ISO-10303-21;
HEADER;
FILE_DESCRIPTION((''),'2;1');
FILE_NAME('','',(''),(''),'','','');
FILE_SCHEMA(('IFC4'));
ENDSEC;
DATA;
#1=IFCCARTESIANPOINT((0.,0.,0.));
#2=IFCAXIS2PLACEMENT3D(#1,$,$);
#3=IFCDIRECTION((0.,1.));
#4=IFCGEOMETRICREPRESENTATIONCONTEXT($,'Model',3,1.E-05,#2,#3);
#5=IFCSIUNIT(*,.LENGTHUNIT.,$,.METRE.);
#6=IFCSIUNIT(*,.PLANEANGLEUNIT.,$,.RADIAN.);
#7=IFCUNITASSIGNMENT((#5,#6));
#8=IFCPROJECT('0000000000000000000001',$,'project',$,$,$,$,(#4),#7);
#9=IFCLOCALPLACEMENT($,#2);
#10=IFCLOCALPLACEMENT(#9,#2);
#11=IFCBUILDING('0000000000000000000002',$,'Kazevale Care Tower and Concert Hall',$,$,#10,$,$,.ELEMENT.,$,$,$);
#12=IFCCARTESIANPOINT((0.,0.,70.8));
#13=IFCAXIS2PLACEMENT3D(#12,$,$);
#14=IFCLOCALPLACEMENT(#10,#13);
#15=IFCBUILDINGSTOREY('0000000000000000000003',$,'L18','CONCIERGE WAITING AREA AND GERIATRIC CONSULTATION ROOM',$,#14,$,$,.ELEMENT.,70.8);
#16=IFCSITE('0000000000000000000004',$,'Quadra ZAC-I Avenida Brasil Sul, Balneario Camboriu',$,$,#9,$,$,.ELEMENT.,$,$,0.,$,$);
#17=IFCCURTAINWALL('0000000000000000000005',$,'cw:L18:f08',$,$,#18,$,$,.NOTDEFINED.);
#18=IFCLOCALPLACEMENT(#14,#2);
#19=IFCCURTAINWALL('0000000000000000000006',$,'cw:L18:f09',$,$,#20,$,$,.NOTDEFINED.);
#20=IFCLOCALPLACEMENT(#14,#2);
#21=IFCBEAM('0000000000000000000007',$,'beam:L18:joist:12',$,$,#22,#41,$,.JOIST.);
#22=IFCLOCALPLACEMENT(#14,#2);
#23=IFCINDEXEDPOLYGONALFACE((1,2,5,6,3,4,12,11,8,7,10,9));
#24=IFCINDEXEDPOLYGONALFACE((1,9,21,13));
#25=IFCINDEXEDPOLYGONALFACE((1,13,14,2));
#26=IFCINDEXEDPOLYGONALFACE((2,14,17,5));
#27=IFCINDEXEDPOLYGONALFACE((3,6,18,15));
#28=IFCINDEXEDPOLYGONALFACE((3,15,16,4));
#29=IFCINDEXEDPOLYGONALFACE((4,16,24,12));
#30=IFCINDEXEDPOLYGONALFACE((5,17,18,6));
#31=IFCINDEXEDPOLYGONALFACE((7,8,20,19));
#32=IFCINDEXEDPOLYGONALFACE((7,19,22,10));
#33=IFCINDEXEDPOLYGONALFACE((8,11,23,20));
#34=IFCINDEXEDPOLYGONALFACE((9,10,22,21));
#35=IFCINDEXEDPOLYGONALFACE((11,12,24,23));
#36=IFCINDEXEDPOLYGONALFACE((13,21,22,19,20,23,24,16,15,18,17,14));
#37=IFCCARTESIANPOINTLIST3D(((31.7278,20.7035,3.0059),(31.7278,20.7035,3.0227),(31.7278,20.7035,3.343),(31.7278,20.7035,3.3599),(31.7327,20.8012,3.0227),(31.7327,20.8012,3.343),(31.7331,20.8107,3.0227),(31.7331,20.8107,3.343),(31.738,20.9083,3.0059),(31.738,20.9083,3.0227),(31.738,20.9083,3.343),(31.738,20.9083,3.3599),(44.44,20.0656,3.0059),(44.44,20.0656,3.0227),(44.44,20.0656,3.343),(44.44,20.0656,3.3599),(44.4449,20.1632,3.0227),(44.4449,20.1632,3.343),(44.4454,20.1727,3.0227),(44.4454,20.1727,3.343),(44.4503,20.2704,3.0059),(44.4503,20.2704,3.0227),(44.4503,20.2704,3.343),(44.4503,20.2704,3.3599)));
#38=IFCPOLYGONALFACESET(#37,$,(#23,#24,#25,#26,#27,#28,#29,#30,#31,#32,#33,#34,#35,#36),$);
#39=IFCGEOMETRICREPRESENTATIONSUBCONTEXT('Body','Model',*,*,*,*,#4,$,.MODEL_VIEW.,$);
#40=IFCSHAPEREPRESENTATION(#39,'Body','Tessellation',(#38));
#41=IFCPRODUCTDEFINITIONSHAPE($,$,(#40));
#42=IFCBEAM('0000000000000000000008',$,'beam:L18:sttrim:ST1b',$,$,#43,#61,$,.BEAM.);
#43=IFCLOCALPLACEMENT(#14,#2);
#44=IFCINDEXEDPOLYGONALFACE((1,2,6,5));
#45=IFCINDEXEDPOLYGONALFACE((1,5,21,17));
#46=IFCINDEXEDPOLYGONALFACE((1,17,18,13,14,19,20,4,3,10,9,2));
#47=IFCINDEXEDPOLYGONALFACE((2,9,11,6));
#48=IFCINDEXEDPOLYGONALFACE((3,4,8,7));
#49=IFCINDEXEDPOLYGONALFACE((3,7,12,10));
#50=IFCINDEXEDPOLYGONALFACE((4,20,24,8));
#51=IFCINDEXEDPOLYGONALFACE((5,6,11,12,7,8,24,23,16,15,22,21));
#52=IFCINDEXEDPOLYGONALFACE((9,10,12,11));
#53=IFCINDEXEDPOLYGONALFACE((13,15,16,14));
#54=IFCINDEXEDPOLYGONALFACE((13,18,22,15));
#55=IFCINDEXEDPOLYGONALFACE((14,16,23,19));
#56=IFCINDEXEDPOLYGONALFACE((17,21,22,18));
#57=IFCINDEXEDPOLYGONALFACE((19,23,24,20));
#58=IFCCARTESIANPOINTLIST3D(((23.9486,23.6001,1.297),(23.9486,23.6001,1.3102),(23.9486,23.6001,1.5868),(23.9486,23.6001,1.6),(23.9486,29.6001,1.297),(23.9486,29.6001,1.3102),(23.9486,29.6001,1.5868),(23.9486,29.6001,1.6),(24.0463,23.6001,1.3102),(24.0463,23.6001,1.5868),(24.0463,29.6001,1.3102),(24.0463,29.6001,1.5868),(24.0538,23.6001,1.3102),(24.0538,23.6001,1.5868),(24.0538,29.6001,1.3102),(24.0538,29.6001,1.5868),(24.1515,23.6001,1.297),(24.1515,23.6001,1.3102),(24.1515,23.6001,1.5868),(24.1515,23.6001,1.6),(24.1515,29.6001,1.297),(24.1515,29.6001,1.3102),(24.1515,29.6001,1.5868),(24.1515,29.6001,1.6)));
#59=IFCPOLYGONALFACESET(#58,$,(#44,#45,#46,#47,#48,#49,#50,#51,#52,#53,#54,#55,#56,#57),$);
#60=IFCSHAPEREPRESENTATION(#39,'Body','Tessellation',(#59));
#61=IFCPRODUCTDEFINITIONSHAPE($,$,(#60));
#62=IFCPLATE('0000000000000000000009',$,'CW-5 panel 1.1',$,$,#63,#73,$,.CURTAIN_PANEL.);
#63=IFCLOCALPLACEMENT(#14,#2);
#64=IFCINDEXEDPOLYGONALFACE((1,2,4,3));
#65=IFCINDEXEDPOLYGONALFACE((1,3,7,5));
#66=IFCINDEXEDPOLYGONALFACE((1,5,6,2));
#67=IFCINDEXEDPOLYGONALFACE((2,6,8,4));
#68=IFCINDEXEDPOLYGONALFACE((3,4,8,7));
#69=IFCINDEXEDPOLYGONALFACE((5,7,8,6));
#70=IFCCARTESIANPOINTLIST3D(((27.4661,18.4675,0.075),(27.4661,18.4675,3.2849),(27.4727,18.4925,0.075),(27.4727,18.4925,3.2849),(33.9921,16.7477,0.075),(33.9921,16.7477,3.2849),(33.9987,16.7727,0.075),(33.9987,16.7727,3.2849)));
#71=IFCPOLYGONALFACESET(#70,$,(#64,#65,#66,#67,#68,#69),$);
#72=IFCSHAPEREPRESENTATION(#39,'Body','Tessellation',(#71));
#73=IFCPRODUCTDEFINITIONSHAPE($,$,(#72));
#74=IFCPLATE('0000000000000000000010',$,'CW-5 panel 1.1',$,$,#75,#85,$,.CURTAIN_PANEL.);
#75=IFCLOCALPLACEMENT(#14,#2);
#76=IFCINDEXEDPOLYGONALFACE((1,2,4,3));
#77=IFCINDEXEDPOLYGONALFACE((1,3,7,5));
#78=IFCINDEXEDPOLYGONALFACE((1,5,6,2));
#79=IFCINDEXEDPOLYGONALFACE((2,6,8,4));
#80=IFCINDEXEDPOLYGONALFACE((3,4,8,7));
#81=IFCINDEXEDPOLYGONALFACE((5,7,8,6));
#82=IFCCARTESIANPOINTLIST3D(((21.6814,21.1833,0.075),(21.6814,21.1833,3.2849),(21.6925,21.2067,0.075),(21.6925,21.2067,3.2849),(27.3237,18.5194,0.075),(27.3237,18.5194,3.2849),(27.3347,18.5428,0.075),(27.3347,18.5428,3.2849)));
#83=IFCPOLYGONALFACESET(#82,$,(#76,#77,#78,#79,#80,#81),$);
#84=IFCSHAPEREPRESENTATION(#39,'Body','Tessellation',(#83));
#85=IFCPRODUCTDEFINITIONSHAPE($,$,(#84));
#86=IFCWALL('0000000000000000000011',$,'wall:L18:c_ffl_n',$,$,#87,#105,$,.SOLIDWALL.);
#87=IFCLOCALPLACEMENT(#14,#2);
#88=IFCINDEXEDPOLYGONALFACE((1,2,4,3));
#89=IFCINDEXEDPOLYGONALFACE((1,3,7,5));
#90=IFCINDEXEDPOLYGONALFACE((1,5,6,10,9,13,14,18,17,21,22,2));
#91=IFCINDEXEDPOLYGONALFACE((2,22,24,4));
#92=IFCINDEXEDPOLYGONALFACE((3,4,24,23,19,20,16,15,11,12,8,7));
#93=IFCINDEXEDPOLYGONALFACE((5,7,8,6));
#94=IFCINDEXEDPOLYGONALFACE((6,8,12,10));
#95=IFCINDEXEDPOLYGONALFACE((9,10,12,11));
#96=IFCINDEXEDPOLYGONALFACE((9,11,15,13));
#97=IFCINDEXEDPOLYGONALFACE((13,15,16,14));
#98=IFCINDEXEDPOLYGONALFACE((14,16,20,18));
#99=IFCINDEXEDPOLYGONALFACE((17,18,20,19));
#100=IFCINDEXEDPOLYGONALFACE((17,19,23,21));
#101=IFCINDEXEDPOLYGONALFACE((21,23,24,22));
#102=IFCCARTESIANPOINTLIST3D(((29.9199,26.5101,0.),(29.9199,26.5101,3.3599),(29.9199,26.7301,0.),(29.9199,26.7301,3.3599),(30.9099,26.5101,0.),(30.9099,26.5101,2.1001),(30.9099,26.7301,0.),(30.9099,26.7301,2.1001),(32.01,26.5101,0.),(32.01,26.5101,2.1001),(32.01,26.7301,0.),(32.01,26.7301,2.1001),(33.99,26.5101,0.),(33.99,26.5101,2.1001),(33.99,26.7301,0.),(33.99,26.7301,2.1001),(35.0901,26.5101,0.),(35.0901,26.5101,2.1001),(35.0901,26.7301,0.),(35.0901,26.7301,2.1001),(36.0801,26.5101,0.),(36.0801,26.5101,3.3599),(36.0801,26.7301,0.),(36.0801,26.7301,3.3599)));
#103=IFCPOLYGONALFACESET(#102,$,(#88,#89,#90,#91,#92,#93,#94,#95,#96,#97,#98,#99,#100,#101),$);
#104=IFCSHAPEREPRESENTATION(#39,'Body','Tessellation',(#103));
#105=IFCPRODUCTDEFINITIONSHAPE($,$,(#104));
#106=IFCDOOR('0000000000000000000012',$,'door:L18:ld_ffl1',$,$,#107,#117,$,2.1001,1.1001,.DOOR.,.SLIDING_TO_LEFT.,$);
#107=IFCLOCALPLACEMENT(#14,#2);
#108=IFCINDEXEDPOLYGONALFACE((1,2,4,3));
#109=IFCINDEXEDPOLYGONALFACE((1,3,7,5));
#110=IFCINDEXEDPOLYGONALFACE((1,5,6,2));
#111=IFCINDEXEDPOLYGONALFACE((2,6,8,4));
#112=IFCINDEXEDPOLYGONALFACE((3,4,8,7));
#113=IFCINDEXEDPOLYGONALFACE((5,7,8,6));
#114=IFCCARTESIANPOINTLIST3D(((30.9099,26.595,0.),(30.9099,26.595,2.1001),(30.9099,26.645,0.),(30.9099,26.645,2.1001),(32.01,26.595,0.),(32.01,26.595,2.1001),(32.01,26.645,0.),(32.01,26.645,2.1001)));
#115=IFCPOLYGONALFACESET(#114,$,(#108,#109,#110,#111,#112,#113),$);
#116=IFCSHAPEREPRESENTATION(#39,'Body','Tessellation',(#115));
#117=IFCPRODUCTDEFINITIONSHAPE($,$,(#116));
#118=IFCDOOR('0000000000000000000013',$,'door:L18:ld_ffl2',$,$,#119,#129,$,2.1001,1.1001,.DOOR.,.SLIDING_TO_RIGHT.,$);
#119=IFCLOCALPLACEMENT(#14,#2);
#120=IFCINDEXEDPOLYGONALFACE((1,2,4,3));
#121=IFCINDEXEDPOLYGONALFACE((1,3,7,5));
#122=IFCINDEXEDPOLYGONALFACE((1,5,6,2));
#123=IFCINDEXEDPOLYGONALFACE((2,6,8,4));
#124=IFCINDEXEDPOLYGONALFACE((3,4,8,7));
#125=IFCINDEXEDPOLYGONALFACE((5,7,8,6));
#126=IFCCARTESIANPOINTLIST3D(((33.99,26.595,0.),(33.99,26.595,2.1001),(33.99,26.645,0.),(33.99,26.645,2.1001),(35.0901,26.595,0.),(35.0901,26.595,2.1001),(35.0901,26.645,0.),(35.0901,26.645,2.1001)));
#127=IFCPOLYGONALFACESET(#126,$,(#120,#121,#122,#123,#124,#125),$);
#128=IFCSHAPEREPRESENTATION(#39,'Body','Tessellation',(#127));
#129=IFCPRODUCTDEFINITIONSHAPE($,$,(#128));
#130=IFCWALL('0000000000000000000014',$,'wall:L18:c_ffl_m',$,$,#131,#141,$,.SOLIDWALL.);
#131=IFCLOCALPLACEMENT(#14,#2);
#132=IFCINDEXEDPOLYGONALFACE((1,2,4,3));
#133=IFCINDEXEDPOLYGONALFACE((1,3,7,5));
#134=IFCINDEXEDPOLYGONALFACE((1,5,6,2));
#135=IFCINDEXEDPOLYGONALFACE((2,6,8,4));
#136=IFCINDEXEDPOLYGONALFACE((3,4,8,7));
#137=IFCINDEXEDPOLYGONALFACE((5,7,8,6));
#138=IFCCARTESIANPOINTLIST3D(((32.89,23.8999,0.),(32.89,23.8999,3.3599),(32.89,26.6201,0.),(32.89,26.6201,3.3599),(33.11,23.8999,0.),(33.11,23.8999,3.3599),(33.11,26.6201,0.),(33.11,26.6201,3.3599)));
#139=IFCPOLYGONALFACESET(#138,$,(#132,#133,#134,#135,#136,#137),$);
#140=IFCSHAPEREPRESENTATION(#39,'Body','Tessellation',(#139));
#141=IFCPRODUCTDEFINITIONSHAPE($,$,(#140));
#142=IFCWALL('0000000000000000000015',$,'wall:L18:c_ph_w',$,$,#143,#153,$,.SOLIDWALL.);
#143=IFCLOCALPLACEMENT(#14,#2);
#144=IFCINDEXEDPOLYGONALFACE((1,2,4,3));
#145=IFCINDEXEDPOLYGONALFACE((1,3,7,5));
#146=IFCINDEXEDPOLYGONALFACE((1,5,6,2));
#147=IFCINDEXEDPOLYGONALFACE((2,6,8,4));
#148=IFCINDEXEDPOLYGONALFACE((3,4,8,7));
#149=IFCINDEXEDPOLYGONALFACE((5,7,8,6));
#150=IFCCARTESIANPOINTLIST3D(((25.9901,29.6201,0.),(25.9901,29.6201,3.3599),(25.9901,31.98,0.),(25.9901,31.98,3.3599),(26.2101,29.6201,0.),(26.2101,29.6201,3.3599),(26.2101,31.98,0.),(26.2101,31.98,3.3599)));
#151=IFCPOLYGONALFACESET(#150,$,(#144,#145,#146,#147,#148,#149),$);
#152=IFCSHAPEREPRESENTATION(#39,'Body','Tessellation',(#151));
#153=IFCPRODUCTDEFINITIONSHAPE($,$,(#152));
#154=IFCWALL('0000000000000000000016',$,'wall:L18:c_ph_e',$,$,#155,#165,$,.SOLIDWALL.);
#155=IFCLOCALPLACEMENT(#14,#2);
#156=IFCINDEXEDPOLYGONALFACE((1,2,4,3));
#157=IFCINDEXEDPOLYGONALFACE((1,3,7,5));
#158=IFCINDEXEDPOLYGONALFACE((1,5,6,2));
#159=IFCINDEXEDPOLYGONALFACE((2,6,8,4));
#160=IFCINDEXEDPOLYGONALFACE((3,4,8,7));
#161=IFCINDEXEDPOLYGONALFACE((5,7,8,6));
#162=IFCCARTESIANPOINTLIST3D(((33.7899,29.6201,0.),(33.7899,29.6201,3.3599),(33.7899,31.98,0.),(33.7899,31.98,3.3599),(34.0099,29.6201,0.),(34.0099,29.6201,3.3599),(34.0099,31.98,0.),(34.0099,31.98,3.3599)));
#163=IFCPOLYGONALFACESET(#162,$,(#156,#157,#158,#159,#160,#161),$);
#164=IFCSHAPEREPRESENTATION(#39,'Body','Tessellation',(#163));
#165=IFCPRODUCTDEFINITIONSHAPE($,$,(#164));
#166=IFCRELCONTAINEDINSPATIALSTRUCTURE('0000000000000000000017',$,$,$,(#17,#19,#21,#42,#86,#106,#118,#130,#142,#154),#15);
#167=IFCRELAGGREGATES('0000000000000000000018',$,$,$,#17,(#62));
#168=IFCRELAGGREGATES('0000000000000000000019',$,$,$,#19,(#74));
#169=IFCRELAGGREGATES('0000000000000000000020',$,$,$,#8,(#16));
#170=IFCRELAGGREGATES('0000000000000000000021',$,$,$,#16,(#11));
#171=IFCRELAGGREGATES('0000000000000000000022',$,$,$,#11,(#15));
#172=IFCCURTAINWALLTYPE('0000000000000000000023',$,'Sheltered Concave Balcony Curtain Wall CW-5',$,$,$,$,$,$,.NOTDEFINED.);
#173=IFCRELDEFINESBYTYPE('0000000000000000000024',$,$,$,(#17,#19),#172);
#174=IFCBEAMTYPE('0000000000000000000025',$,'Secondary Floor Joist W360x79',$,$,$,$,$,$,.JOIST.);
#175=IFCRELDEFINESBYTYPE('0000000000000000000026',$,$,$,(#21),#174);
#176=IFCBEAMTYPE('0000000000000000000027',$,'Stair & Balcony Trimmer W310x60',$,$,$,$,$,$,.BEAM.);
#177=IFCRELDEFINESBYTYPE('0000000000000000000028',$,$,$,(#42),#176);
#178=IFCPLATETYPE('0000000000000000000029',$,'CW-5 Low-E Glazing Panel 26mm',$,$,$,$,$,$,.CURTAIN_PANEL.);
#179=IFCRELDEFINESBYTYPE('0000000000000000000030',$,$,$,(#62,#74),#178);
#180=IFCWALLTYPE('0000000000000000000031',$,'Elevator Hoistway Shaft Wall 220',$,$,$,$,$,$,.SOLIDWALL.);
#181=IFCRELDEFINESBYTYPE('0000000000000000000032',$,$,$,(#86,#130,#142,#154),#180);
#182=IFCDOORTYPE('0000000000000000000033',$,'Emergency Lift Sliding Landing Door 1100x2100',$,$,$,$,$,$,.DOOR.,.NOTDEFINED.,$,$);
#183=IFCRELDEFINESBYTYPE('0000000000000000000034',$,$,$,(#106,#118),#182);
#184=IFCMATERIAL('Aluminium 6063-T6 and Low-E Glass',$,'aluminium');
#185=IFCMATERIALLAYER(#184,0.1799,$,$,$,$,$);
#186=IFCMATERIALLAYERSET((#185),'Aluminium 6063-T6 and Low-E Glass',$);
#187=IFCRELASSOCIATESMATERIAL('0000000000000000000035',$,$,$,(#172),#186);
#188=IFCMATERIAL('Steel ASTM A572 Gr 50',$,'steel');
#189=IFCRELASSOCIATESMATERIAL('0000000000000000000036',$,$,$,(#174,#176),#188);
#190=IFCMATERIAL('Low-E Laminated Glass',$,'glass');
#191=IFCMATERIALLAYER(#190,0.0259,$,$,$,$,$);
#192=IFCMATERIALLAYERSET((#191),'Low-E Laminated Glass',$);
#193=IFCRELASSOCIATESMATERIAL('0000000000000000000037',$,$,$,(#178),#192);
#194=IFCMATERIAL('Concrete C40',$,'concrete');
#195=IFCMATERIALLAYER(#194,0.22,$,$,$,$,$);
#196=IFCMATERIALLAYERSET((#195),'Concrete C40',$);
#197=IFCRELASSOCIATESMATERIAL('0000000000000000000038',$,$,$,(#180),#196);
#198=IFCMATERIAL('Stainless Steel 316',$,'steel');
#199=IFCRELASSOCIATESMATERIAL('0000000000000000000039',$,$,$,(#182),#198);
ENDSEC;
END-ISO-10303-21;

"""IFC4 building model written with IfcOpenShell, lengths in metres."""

from ifc_helpers import new_model, si_unit, direction, frame, frame_2d, origin, origin_2d, place, context, subcontext, project, spatial, rectangle, i_section, extrude, material, layer, layer_set, material_profile, profile_set, type_object, element, fill, aggregate, save


model = new_model("IFC4")

# Units and contexts
model_context = context("Model", 3, precision=1e-05, world=origin(), true_north=direction((0.0, 1.0)))
body_context = subcontext(model_context, "Body", "Model", "MODEL_VIEW")
ifc_project = project(units=[si_unit("LENGTHUNIT", "METRE"), si_unit("PLANEANGLEUNIT", "RADIAN")], contexts=[model_context])

# Site, building, storey
site_placement = place(None, origin())
site = spatial("IfcSite", under=ifc_project, at=site_placement, Name="Quadra ZAC-I Avenida Brasil Sul, Balneario Camboriu", CompositionType="ELEMENT", RefElevation=0.0)
building_placement = place(site_placement, origin())
building = spatial("IfcBuilding", under=site, at=building_placement, Name="Kazevale Care Tower and Concert Hall", CompositionType="ELEMENT")
storey_placement = place(building_placement, frame((0.0, 0.0, 70.8)))
storey = spatial("IfcBuildingStorey", under=building, at=storey_placement, Name="L18", Description="CONCIERGE WAITING AREA AND GERIATRIC CONSULTATION ROOM", CompositionType="ELEMENT", Elevation=70.8)

# Curtain wall
ifc_material_1 = material(Name="Aluminium 6063-T6 and Low-E Glass", Category="aluminium")
ifc_layer_1 = layer(ifc_material_1, 0.1799)
ifc_layer_set_1 = layer_set([ifc_layer_1], Name="Aluminium 6063-T6 and Low-E Glass")
curtain_wall_type = type_object("IfcCurtainWallType", Name="Sheltered Concave Balcony Curtain Wall CW-5", PredefinedType="NOTDEFINED", material=ifc_layer_set_1)
curtain_wall_1_placement = place(storey_placement, origin())
curtain_wall_1 = element("IfcCurtainWall", 1, at=curtain_wall_1_placement, inside=storey, type_object=curtain_wall_type, Name="cw:L18:f08", PredefinedType="NOTDEFINED")

# Curtain wall
curtain_wall_2_placement = place(storey_placement, origin())
curtain_wall_2 = element("IfcCurtainWall", 2, at=curtain_wall_2_placement, inside=storey, type_object=curtain_wall_type, Name="cw:L18:f09", PredefinedType="NOTDEFINED")

# Beams
ifc_material_2 = material(Name="Steel ASTM A572 Gr 50", Category="steel")
ifc_material_profile_1 = material_profile(ifc_material_2, i_section(OverallWidth=0.2051, OverallDepth=0.354, WebThickness=0.0095, FlangeThickness=0.0168, at=origin_2d()), Name="W360x79")
ifc_profile_set_1 = profile_set([ifc_material_profile_1], Name="Steel ASTM A572 Gr 50")
beam_type_1 = type_object("IfcBeamType", Name="Secondary Floor Joist W360x79", PredefinedType="JOIST", material=ifc_profile_set_1)
beam_1_placement = place(storey_placement, frame((31.7329, 20.8059, 3.1829), z_axis=(0.998743, -0.05012, 0.0), x_axis=(0.05012, 0.998743, 0.0)))
element("IfcBeam", 3, at=beam_1_placement, inside=storey, type_object=beam_type_1, Name="beam:L18:joist:12", PredefinedType="JOIST", context=body_context, shape_type="SweptSolid", body=[
    extrude(i_section(OverallWidth=0.2051, OverallDepth=0.354, WebThickness=0.0095, FlangeThickness=0.0168, at=origin_2d()), origin(), (0.0, 0.0, 1.0), 12.7283),
])
ifc_material_profile_2 = material_profile(ifc_material_2, i_section(OverallWidth=0.2029, OverallDepth=0.303, WebThickness=0.0076, FlangeThickness=0.0132, at=origin_2d()), Name="W310x60")
ifc_profile_set_2 = profile_set([ifc_material_profile_2], Name="Steel ASTM A572 Gr 50")
beam_type_2 = type_object("IfcBeamType", Name="Stair & Balcony Trimmer W310x60", PredefinedType="BEAM", material=ifc_profile_set_2)
beam_2_placement = place(storey_placement, frame((24.05, 23.6001, 1.4485), z_axis=(0.0, 1.0, 0.0), x_axis=(-1.0, 0.0, 0.0)))
element("IfcBeam", 4, at=beam_2_placement, inside=storey, type_object=beam_type_2, Name="beam:L18:sttrim:ST1b", PredefinedType="BEAM", context=body_context, shape_type="SweptSolid", body=[
    extrude(i_section(OverallWidth=0.2029, OverallDepth=0.303, WebThickness=0.0076, FlangeThickness=0.0132, at=origin_2d()), origin(), (0.0, 0.0, 1.0), 6.0),
])

# Plates
ifc_material_3 = material(Name="Low-E Laminated Glass", Category="glass")
ifc_layer_2 = layer(ifc_material_3, 0.0259)
ifc_layer_set_2 = layer_set([ifc_layer_2], Name="Low-E Laminated Glass")
plate_type = type_object("IfcPlateType", Name="CW-5 Low-E Glazing Panel 26mm", PredefinedType="CURTAIN_PANEL", material=ifc_layer_set_2)
plate_1_placement = place(storey_placement, frame((30.7324, 17.6201, 0.075), z_axis=(0.0, 0.0, 1.0), x_axis=(-0.966986, 0.254829, 0.0)))
plate_1 = element("IfcPlate", 5, at=plate_1_placement, type_object=plate_type, Name="CW-5 panel 1.1", PredefinedType="CURTAIN_PANEL", context=body_context, shape_type="SweptSolid", body=[
    extrude(rectangle(XDim=6.7488, YDim=0.0259, at=origin_2d()), origin(), (0.0, 0.0, 1.0), 3.21),
])
aggregate(curtain_wall_1, [plate_1])
plate_2_placement = place(storey_placement, frame((24.5081, 19.863, 0.075), z_axis=(0.0, 0.0, 1.0), x_axis=(-0.904279, 0.426942, 0.0)))
plate_2 = element("IfcPlate", 6, at=plate_2_placement, type_object=plate_type, Name="CW-5 panel 1.1", PredefinedType="CURTAIN_PANEL", context=body_context, shape_type="SweptSolid", body=[
    extrude(rectangle(XDim=6.2395, YDim=0.0259, at=origin_2d()), origin(), (0.0, 0.0, 1.0), 3.21),
])
aggregate(curtain_wall_2, [plate_2])

# Wall, openings, doors
ifc_material_4 = material(Name="Concrete C40", Category="concrete")
ifc_layer_3 = layer(ifc_material_4, 0.22)
ifc_layer_set_3 = layer_set([ifc_layer_3], Name="Concrete C40")
wall_type_1 = type_object("IfcWallType", Name="Elevator Hoistway Shaft Wall 220", PredefinedType="SOLIDWALL", material=ifc_layer_set_3)
wall_1_placement = place(storey_placement, frame((29.9199, 26.6201, 0.0), z_axis=(0.0, 0.0, 1.0), x_axis=(1.0, 0.0, 0.0)))
wall_1 = element("IfcWall", 7, at=wall_1_placement, inside=storey, type_object=wall_type_1, Name="wall:L18:c_ffl_n", PredefinedType="SOLIDWALL", context=body_context, shape_type="SweptSolid", body=[
    extrude(rectangle(XDim=6.1602, YDim=0.22, at=frame_2d((3.0801, 0.0))), origin(), (0.0, 0.0, 1.0), 3.3599),
])
opening_1_placement = place(wall_1_placement, frame((0.99, 0.0, 0.0)))
opening_1 = element("IfcOpeningElement", 8, at=opening_1_placement, cuts=wall_1, PredefinedType="OPENING", context=body_context, shape_type="SweptSolid", body=[
    extrude(rectangle(XDim=1.1001, YDim=2.1001, at=frame_2d((0.55, 1.05))), frame((0.0, 0.1199, 0.0), z_axis=(0.0, -1.0, 0.0), x_axis=(1.0, 0.0, 0.0)), (0.0, 0.0, 1.0), 0.24),
])
opening_2_placement = place(wall_1_placement, frame((4.0701, 0.0, 0.0)))
opening_2 = element("IfcOpeningElement", 9, at=opening_2_placement, cuts=wall_1, PredefinedType="OPENING", context=body_context, shape_type="SweptSolid", body=[
    extrude(rectangle(XDim=1.1001, YDim=2.1001, at=frame_2d((0.55, 1.05))), frame((0.0, 0.1199, 0.0), z_axis=(0.0, -1.0, 0.0), x_axis=(1.0, 0.0, 0.0)), (0.0, 0.0, 1.0), 0.24),
])
ifc_material_5 = material(Name="Stainless Steel 316", Category="steel")
door_type_1 = type_object("IfcDoorType", Name="Emergency Lift Sliding Landing Door 1100x2100", OperationType="NOTDEFINED", PredefinedType="DOOR", material=ifc_material_5)
door_1_placement = place(opening_1_placement, origin())
door_1 = element("IfcDoor", 10, at=door_1_placement, inside=storey, type_object=door_type_1, Name="door:L18:ld_ffl1", OperationType="SLIDING_TO_LEFT", OverallHeight=2.1001, OverallWidth=1.1001, PredefinedType="DOOR", context=body_context, shape_type="SweptSolid", body=[
    extrude(rectangle(XDim=1.1001, YDim=2.1001, at=frame_2d((0.55, 1.05))), frame((0.0, 0.0249, 0.0), z_axis=(0.0, -1.0, 0.0), x_axis=(1.0, 0.0, 0.0)), (0.0, 0.0, 1.0), 0.05),
])
fill(opening_1, door_1)
door_2_placement = place(opening_2_placement, origin())
door_2 = element("IfcDoor", 11, at=door_2_placement, inside=storey, type_object=door_type_1, Name="door:L18:ld_ffl2", OperationType="SLIDING_TO_RIGHT", OverallHeight=2.1001, OverallWidth=1.1001, PredefinedType="DOOR", context=body_context, shape_type="SweptSolid", body=[
    extrude(rectangle(XDim=1.1001, YDim=2.1001, at=frame_2d((0.55, 1.05))), frame((0.0, 0.0249, 0.0), z_axis=(0.0, -1.0, 0.0), x_axis=(1.0, 0.0, 0.0)), (0.0, 0.0, 1.0), 0.05),
])
fill(opening_2, door_2)

# Walls
wall_2_placement = place(storey_placement, frame((33.0, 23.8999, 0.0), z_axis=(0.0, 0.0, 1.0), x_axis=(0.0, 1.0, 0.0)))
element("IfcWall", 12, at=wall_2_placement, inside=storey, type_object=wall_type_1, Name="wall:L18:c_ffl_m", PredefinedType="SOLIDWALL", context=body_context, shape_type="SweptSolid", body=[
    extrude(rectangle(XDim=2.7202, YDim=0.22, at=frame_2d((1.3601, 0.0))), origin(), (0.0, 0.0, 1.0), 3.3599),
])
for number, where, z_axis, x_axis, name in (
    (13, (26.1001, 29.6201, 0.0), (0.0, 0.0, 1.0), (0.0, 1.0, 0.0), "wall:L18:c_ph_w"),
    (14, (33.8999, 29.6201, 0.0), (0.0, 0.0, 1.0), (0.0, 1.0, 0.0), "wall:L18:c_ph_e"),
):
    element("IfcWall", number, at=place(storey_placement, frame(where, z_axis=z_axis, x_axis=x_axis)), inside=storey, type_object=wall_type_1, Name=name, PredefinedType="SOLIDWALL", context=body_context, shape_type="SweptSolid", body=[
        extrude(rectangle(XDim=2.3599, YDim=0.22, at=frame_2d((1.1799, 0.0))), origin(), (0.0, 0.0, 1.0), 3.3599),
    ])

save(model, "model.ifc")
